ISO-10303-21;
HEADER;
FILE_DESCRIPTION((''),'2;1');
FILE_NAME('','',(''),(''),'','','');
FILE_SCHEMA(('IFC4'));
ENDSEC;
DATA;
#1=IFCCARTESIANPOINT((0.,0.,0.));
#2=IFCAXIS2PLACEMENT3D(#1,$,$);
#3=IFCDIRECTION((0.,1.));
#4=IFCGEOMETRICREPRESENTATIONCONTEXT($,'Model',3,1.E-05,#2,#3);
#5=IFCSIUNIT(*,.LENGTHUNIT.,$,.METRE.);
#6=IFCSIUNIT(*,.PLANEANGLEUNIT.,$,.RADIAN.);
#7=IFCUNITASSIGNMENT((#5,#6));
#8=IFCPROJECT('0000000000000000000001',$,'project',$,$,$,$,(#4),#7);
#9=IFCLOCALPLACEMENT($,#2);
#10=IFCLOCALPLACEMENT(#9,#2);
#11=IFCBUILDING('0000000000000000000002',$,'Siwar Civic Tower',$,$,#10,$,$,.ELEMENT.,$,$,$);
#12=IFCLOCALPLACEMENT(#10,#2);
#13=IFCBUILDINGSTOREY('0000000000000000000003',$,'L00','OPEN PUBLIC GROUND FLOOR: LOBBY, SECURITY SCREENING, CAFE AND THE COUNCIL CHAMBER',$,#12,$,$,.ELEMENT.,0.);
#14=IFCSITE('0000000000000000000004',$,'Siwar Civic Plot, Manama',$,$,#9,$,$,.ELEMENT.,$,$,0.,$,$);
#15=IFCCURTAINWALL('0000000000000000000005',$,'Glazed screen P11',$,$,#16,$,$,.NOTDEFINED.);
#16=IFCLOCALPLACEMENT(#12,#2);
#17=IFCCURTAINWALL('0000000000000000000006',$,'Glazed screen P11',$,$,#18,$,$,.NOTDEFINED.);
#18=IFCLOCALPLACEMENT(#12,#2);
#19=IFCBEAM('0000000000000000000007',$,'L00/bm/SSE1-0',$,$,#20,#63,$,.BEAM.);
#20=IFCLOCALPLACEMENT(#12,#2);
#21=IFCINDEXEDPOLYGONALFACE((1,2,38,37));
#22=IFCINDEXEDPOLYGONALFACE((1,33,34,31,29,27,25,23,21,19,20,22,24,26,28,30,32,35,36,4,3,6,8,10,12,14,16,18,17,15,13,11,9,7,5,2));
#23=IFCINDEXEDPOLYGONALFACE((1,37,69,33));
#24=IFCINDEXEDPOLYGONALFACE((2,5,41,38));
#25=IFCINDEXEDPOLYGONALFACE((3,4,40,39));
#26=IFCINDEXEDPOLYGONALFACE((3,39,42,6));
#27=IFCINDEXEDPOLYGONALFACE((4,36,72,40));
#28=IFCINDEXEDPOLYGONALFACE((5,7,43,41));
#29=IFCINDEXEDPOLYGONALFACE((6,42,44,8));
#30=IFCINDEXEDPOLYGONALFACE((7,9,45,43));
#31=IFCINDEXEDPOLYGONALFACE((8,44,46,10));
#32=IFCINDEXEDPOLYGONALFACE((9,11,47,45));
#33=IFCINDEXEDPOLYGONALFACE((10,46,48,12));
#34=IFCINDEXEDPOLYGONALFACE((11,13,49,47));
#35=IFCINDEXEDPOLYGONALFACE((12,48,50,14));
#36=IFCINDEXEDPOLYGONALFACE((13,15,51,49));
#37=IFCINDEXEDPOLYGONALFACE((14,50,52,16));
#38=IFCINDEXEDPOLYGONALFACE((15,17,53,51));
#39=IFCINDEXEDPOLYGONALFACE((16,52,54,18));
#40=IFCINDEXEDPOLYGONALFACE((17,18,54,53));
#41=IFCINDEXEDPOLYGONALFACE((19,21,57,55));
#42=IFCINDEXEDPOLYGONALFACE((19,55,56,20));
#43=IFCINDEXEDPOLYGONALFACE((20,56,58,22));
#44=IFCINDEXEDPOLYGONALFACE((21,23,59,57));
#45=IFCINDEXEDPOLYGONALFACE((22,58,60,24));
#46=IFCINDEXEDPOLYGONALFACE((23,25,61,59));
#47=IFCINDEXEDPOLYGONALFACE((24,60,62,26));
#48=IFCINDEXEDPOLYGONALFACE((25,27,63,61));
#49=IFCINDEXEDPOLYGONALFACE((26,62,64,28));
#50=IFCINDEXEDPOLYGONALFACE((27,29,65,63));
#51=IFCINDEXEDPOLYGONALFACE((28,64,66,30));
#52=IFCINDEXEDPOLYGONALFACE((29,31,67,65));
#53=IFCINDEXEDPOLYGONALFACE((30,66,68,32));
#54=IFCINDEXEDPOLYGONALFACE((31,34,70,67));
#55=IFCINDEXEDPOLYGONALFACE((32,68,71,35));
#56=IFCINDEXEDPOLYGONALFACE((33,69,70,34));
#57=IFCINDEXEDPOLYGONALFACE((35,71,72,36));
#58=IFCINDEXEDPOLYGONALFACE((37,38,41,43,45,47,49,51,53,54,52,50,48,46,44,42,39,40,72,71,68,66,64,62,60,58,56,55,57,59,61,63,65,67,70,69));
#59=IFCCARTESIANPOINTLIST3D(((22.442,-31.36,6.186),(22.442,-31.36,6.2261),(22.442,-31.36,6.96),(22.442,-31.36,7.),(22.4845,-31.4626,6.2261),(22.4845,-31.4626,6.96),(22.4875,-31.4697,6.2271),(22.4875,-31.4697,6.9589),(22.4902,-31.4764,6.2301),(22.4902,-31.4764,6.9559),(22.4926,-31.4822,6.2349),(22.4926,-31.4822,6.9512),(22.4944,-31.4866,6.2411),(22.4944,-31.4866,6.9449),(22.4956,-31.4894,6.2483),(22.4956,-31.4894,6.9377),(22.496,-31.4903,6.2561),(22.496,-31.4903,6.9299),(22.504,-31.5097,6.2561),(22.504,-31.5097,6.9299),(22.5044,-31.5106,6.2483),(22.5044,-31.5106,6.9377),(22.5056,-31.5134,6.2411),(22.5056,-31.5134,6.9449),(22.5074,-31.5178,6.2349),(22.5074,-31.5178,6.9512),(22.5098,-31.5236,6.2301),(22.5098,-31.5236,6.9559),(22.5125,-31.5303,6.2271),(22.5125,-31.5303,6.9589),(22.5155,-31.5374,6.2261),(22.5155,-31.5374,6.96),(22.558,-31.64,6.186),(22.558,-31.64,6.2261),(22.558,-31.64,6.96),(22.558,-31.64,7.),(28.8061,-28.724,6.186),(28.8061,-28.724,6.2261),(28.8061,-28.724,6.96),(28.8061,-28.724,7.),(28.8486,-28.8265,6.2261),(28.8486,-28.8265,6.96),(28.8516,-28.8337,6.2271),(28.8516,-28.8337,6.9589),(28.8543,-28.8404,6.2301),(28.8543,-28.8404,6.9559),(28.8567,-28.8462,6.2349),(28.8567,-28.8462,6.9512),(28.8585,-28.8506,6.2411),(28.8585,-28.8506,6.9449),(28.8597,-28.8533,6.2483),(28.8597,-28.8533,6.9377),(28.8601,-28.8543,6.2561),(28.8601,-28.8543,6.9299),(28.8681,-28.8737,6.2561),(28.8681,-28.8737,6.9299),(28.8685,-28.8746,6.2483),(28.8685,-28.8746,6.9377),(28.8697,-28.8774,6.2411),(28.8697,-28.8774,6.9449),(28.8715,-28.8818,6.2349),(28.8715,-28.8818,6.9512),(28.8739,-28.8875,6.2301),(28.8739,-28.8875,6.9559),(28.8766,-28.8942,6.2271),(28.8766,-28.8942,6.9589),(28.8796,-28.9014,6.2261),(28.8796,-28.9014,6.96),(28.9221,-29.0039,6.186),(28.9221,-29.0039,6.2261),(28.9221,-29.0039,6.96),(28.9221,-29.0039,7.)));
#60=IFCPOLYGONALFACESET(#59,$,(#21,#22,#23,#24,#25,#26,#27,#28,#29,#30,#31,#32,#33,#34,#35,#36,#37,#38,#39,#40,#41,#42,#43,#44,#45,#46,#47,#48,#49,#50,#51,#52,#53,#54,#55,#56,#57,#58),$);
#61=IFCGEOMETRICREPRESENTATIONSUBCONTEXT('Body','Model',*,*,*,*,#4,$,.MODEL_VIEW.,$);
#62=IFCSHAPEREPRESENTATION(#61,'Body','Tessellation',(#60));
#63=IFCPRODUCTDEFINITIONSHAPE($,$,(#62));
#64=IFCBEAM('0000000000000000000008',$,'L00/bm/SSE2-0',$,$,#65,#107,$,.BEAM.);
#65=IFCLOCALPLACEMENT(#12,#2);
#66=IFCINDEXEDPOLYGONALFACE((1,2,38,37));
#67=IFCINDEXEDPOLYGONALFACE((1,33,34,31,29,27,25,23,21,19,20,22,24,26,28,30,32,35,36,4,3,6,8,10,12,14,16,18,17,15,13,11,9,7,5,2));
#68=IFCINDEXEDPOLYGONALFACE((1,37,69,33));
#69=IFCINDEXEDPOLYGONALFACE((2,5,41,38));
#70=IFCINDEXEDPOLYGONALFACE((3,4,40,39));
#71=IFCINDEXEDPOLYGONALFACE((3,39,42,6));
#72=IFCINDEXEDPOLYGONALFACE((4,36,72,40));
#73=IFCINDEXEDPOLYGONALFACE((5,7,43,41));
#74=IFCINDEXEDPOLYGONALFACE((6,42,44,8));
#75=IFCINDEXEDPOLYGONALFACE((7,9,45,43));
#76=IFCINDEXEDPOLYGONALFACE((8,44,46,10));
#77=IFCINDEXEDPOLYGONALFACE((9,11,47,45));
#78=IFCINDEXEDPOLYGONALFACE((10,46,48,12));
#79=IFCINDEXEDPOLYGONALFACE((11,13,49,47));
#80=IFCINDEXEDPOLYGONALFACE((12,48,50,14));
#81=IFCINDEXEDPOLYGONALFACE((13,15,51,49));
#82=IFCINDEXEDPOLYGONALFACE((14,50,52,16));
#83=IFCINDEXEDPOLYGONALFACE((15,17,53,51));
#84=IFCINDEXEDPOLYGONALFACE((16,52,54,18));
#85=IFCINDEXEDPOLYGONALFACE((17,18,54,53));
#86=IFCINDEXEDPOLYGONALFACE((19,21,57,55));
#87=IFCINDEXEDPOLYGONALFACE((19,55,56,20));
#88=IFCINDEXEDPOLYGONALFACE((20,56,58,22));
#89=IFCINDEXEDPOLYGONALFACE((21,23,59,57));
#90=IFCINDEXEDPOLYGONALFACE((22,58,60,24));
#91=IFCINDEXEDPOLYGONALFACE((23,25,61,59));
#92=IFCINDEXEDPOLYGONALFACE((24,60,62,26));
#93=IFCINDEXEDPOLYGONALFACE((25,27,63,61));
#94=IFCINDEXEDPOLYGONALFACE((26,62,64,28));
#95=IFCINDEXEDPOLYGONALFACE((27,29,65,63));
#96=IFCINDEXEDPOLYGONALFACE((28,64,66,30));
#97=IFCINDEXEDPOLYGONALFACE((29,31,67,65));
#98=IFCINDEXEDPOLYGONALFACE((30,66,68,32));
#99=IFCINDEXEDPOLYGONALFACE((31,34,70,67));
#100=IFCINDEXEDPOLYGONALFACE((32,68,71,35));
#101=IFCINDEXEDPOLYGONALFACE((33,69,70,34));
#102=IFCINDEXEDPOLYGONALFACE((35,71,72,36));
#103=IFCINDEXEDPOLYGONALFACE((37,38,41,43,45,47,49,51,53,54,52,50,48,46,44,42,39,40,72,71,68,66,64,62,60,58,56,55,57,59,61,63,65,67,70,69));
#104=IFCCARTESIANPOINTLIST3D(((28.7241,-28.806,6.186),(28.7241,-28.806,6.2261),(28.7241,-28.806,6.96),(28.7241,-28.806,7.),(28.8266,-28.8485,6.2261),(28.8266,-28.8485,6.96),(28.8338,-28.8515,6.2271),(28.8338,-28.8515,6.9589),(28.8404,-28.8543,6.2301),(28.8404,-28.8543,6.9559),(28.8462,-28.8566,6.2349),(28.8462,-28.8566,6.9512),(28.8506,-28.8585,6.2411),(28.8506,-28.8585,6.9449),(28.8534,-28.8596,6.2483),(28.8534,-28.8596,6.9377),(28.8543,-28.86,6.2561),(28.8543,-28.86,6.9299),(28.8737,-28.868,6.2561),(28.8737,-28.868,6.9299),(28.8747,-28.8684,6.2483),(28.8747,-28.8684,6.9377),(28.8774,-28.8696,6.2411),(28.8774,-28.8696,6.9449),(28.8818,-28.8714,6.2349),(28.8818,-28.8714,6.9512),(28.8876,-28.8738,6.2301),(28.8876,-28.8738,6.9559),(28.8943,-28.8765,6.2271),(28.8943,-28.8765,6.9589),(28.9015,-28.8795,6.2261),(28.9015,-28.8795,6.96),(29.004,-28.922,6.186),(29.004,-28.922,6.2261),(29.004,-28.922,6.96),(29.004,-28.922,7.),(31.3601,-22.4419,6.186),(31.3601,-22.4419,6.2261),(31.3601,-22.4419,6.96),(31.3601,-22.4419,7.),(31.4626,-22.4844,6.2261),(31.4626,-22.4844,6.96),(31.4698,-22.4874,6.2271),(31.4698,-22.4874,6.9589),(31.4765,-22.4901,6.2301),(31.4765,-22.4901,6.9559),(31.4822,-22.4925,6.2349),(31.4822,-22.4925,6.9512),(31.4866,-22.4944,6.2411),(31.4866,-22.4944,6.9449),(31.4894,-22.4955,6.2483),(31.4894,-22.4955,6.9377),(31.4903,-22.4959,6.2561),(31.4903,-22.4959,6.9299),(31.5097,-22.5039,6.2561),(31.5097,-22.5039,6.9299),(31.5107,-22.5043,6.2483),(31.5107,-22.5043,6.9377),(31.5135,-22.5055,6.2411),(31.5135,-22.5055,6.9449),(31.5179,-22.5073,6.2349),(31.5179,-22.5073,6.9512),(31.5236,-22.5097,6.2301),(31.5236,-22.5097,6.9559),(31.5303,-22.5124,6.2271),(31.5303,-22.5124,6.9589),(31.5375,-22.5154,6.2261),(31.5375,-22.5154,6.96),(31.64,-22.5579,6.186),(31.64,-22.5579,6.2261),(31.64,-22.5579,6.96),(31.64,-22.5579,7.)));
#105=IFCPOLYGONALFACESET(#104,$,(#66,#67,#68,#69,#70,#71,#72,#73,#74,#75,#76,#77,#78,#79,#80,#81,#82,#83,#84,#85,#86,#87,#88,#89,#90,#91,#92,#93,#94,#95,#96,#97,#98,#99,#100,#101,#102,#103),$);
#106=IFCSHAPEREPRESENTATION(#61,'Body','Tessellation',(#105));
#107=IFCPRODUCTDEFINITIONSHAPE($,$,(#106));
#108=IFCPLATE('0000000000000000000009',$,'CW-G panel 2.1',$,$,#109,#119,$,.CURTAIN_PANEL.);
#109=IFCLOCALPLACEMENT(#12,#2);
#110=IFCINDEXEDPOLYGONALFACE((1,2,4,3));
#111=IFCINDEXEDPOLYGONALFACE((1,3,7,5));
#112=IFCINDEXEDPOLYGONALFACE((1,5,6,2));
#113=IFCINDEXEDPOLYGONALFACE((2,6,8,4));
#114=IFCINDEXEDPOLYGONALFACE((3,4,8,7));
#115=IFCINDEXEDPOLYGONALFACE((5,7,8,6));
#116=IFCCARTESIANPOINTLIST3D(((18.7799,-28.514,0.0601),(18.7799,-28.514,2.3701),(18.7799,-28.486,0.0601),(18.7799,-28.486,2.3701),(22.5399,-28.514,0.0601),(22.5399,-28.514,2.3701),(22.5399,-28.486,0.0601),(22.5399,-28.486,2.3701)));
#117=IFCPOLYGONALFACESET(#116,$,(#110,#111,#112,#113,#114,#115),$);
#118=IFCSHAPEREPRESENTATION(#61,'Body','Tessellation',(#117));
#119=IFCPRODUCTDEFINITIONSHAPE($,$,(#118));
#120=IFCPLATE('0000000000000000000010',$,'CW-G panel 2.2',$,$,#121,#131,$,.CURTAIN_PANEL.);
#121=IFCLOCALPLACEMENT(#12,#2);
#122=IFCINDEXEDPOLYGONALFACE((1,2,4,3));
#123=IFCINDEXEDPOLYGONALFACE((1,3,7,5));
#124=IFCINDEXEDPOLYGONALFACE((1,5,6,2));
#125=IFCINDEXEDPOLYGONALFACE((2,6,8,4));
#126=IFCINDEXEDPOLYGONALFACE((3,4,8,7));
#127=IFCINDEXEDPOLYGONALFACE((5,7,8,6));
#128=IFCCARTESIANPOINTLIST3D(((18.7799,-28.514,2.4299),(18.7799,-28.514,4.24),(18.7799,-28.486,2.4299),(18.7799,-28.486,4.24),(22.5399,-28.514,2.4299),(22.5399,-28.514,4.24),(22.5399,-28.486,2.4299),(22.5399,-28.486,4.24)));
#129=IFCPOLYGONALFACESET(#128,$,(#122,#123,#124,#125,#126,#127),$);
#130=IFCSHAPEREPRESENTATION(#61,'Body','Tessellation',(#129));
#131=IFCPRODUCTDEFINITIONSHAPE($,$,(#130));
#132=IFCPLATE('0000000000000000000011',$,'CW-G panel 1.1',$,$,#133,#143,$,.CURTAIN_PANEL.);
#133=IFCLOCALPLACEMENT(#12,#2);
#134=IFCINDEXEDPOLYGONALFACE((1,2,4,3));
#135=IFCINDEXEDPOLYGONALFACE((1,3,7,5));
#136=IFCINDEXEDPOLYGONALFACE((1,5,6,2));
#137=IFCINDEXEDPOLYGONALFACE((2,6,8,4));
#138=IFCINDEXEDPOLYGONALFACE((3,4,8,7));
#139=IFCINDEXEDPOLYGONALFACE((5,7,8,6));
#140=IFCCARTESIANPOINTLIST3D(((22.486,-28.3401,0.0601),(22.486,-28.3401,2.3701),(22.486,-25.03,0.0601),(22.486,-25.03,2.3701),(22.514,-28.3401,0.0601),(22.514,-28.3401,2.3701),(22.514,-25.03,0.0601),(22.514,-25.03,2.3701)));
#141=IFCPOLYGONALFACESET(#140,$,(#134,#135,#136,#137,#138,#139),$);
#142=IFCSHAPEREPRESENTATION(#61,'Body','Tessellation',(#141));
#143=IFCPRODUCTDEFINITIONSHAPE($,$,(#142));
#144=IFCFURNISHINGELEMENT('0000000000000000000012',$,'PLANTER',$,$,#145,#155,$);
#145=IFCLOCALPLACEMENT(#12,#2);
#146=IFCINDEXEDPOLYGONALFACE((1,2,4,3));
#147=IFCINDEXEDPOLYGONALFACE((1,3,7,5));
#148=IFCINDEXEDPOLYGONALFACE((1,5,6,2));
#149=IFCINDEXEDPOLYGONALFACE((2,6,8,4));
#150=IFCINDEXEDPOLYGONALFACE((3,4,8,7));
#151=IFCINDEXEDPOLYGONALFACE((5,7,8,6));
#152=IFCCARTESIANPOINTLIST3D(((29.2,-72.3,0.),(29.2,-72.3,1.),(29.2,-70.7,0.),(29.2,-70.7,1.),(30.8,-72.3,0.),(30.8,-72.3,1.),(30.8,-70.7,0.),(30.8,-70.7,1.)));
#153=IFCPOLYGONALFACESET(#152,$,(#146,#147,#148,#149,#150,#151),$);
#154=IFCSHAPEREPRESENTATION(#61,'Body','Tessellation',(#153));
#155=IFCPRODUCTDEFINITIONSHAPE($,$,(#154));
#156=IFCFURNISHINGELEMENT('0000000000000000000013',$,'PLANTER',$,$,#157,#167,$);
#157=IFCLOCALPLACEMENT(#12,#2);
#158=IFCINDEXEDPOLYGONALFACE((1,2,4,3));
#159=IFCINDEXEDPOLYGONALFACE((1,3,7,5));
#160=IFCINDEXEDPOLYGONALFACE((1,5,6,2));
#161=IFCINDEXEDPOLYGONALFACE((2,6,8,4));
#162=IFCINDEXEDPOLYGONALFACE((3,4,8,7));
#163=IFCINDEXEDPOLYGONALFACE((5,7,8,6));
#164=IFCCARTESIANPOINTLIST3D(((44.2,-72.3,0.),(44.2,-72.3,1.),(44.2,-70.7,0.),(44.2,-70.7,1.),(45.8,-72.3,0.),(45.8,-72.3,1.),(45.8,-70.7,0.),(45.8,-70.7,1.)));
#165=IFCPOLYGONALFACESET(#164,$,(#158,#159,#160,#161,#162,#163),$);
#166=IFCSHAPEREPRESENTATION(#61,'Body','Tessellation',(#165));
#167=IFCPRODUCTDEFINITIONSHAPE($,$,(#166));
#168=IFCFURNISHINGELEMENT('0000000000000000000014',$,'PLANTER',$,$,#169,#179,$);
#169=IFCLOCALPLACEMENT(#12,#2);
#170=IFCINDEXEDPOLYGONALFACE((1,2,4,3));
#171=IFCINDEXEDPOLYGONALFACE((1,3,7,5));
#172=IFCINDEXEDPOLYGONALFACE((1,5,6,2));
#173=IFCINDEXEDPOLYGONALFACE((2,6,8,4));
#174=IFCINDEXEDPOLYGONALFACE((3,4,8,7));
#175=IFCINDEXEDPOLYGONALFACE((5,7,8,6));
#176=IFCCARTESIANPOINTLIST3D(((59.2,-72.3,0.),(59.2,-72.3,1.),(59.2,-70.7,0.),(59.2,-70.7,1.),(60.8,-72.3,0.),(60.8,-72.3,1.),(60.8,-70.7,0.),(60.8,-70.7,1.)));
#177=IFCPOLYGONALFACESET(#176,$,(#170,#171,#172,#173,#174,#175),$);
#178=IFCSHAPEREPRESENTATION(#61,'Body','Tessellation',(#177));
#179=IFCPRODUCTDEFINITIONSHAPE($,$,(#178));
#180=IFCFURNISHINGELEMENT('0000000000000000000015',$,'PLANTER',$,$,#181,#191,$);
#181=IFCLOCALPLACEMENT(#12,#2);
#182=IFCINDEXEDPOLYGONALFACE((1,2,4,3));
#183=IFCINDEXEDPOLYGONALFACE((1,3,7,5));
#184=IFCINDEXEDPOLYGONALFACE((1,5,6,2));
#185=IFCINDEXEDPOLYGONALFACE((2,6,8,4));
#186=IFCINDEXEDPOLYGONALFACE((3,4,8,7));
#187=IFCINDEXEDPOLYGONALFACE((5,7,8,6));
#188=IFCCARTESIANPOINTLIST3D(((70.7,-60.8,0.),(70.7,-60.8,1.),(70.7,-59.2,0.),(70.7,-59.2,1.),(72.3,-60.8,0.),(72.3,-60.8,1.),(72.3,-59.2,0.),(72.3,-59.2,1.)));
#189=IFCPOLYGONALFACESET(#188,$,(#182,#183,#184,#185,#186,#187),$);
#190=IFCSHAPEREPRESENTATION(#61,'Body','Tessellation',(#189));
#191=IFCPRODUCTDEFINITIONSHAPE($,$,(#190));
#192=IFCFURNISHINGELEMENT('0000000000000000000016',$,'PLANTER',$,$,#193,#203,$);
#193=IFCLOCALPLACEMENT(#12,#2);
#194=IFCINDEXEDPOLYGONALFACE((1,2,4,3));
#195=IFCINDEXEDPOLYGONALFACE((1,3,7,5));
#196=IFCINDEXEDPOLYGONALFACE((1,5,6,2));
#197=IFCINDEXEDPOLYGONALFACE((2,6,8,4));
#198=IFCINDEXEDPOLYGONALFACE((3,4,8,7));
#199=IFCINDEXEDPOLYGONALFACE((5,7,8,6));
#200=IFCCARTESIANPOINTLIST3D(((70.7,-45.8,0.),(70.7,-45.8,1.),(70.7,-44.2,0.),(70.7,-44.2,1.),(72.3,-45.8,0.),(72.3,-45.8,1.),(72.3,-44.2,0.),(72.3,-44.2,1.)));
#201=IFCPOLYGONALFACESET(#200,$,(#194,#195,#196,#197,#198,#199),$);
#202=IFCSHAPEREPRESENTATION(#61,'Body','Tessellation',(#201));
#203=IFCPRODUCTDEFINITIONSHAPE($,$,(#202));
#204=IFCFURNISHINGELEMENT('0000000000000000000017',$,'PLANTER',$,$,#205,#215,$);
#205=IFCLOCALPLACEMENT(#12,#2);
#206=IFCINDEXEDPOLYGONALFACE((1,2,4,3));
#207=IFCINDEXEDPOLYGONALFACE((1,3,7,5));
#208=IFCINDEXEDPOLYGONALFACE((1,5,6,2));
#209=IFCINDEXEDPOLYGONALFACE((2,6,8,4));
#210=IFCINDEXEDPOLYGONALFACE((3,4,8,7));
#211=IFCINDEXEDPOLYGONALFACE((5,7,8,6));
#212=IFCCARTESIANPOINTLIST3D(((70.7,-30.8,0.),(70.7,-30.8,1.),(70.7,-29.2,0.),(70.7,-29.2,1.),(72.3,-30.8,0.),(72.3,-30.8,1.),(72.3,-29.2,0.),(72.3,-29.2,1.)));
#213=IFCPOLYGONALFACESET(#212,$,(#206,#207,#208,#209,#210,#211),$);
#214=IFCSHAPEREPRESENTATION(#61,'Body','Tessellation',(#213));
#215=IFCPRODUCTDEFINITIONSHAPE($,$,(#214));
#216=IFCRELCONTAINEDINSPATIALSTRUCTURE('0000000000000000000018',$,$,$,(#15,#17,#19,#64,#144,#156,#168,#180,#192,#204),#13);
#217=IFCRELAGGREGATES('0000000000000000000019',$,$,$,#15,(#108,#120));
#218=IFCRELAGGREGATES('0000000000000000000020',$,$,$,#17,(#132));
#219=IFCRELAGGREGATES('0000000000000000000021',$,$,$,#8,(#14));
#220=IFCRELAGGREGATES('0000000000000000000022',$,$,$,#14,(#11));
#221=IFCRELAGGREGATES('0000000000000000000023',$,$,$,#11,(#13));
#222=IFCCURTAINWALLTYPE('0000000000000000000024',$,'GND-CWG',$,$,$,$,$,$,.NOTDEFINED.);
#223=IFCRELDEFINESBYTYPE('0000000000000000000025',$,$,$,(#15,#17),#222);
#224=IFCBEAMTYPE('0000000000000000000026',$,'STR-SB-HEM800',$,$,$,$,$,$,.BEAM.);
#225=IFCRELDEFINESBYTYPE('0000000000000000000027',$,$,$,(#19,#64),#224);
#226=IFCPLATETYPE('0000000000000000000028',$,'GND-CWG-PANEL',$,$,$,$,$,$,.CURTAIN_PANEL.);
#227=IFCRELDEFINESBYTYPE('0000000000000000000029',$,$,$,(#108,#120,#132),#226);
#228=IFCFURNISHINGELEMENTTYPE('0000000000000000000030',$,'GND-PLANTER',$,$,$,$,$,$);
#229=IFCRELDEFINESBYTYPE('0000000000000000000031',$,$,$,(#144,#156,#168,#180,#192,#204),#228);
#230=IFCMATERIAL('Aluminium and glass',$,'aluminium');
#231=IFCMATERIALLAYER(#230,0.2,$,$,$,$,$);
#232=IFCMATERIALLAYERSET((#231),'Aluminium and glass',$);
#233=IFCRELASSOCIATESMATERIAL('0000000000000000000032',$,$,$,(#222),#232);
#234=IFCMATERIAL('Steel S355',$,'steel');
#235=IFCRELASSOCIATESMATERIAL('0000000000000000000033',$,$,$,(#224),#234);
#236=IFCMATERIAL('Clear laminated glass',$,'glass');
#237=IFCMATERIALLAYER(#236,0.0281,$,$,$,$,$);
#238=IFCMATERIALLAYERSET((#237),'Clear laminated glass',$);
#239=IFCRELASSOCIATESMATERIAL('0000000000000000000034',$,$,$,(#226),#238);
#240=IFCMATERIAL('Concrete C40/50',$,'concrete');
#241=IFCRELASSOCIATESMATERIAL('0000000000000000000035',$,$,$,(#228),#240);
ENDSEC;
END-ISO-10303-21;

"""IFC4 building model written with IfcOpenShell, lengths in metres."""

from ifc_helpers import new_model, si_unit, direction, frame, origin, origin_2d, place, context, subcontext, project, spatial, rectangle, i_section, extrude, material, layer, layer_set, material_profile, profile_set, type_object, element, aggregate, save


model = new_model("IFC4")

# Units and contexts
model_context = context("Model", 3, precision=1e-05, world=origin(), true_north=direction((0.0, 1.0)))
body_context = subcontext(model_context, "Body", "Model", "MODEL_VIEW")
ifc_project = project(units=[si_unit("LENGTHUNIT", "METRE"), si_unit("PLANEANGLEUNIT", "RADIAN")], contexts=[model_context])

# Site, building, storey
site_placement = place(None, origin())
site = spatial("IfcSite", under=ifc_project, at=site_placement, Name="Siwar Civic Plot, Manama", CompositionType="ELEMENT", RefElevation=0.0)
building_placement = place(site_placement, origin())
building = spatial("IfcBuilding", under=site, at=building_placement, Name="Siwar Civic Tower", CompositionType="ELEMENT")
storey_placement = place(building_placement, origin())
storey = spatial("IfcBuildingStorey", under=building, at=storey_placement, Name="L00", Description="OPEN PUBLIC GROUND FLOOR: LOBBY, SECURITY SCREENING, CAFE AND THE COUNCIL CHAMBER", CompositionType="ELEMENT", Elevation=0.0)

# Curtain wall
ifc_material_1 = material(Name="Aluminium and glass", Category="aluminium")
ifc_layer_1 = layer(ifc_material_1, 0.2)
ifc_layer_set_1 = layer_set([ifc_layer_1], Name="Aluminium and glass")
curtain_wall_type = type_object("IfcCurtainWallType", Name="GND-CWG", PredefinedType="NOTDEFINED", material=ifc_layer_set_1)
curtain_wall_1_placement = place(storey_placement, origin())
curtain_wall_1 = element("IfcCurtainWall", 1, at=curtain_wall_1_placement, inside=storey, type_object=curtain_wall_type, Name="Glazed screen P11", PredefinedType="NOTDEFINED")

# Curtain wall
curtain_wall_2_placement = place(storey_placement, origin())
curtain_wall_2 = element("IfcCurtainWall", 2, at=curtain_wall_2_placement, inside=storey, type_object=curtain_wall_type, Name="Glazed screen P11", PredefinedType="NOTDEFINED")

# Beams
ifc_material_2 = material(Name="Steel S355", Category="steel")
ifc_material_profile_1 = material_profile(ifc_material_2, i_section(OverallWidth=0.303, OverallDepth=0.814, WebThickness=0.021, FlangeThickness=0.04, FilletRadius=0.03, at=origin_2d()), Name="HEM800")
ifc_profile_set_1 = profile_set([ifc_material_profile_1], Name="Steel S355")
beam_type_1 = type_object("IfcBeamType", Name="STR-SB-HEM800", PredefinedType="BEAM", material=ifc_profile_set_1)
for number, where, z_axis, x_axis, name in (
    (3, (22.5, -31.5, 6.593), (0.923883, 0.382674, 0.0), (-0.382674, 0.923883, 0.0), "L00/bm/SSE1-0"),
    (4, (28.864, -28.864, 6.593), (0.382674, 0.923883, 0.0), (-0.923883, 0.382674, 0.0), "L00/bm/SSE2-0"),
):
    element("IfcBeam", number, at=place(storey_placement, frame(where, z_axis=z_axis, x_axis=x_axis)), inside=storey, type_object=beam_type_1, Name=name, PredefinedType="BEAM", context=body_context, shape_type="SweptSolid", body=[
        extrude(i_section(OverallWidth=0.303, OverallDepth=0.814, WebThickness=0.021, FlangeThickness=0.04, FilletRadius=0.03, at=origin_2d()), origin(), (0.0, 0.0, 1.0), 6.8884),
    ])

# Plates
ifc_material_3 = material(Name="Clear laminated glass", Category="glass")
ifc_layer_2 = layer(ifc_material_3, 0.0281)
ifc_layer_set_2 = layer_set([ifc_layer_2], Name="Clear laminated glass")
plate_type = type_object("IfcPlateType", Name="GND-CWG-PANEL", PredefinedType="CURTAIN_PANEL", material=ifc_layer_set_2)
plate_1_placement = place(storey_placement, frame((20.6599, -28.5, 0.0601), z_axis=(0.0, 0.0, 1.0), x_axis=(1.0, 0.0, 0.0)))
plate_1 = element("IfcPlate", 5, at=plate_1_placement, type_object=plate_type, Name="CW-G panel 2.1", PredefinedType="CURTAIN_PANEL", context=body_context, shape_type="SweptSolid", body=[
    extrude(rectangle(XDim=3.76, YDim=0.0281, at=origin_2d()), origin(), (0.0, 0.0, 1.0), 2.3101),
])
plate_2_placement = place(storey_placement, frame((20.6599, -28.5, 2.4299), z_axis=(0.0, 0.0, 1.0), x_axis=(1.0, 0.0, 0.0)))
plate_2 = element("IfcPlate", 6, at=plate_2_placement, type_object=plate_type, Name="CW-G panel 2.2", PredefinedType="CURTAIN_PANEL", context=body_context, shape_type="SweptSolid", body=[
    extrude(rectangle(XDim=3.76, YDim=0.0281, at=origin_2d()), origin(), (0.0, 0.0, 1.0), 1.8101),
])
aggregate(curtain_wall_1, [plate_1, plate_2])
plate_3_placement = place(storey_placement, frame((22.5, -26.6851, 0.0601), z_axis=(0.0, 0.0, 1.0), x_axis=(0.0, 1.0, 0.0)))
plate_3 = element("IfcPlate", 7, at=plate_3_placement, type_object=plate_type, Name="CW-G panel 1.1", PredefinedType="CURTAIN_PANEL", context=body_context, shape_type="SweptSolid", body=[
    extrude(rectangle(XDim=3.3101, YDim=0.0281, at=origin_2d()), origin(), (0.0, 0.0, 1.0), 2.3101),
])
aggregate(curtain_wall_2, [plate_3])

# Furnishing elements
ifc_material_4 = material(Name="Concrete C40/50", Category="concrete")
furnishing_element_type_1 = type_object("IfcFurnishingElementType", Name="GND-PLANTER", material=ifc_material_4)
for number, where, z_axis, x_axis, name in (
    (8, (30.0, -71.5, 0.0), (0.0, 0.0, 1.0), (1.0, 0.0, 0.0), "PLANTER"),
    (9, (45.0, -71.5, 0.0), (0.0, 0.0, 1.0), (1.0, 0.0, 0.0), "PLANTER"),
    (10, (60.0, -71.5, 0.0), (0.0, 0.0, 1.0), (1.0, 0.0, 0.0), "PLANTER"),
    (11, (71.5, -60.0, 0.0), (0.0, 0.0, 1.0), (1.0, 0.0, 0.0), "PLANTER"),
    (12, (71.5, -45.0, 0.0), (0.0, 0.0, 1.0), (1.0, 0.0, 0.0), "PLANTER"),
    (13, (71.5, -30.0, 0.0), (0.0, 0.0, 1.0), (1.0, 0.0, 0.0), "PLANTER"),
):
    element("IfcFurnishingElement", number, at=place(storey_placement, frame(where, z_axis=z_axis, x_axis=x_axis)), inside=storey, type_object=furnishing_element_type_1, Name=name, context=body_context, shape_type="SweptSolid", body=[
        extrude(rectangle(XDim=1.6001, YDim=1.6001, at=origin_2d()), origin(), (0.0, 0.0, 1.0), 1.0),
    ])

save(model, "model.ifc")
